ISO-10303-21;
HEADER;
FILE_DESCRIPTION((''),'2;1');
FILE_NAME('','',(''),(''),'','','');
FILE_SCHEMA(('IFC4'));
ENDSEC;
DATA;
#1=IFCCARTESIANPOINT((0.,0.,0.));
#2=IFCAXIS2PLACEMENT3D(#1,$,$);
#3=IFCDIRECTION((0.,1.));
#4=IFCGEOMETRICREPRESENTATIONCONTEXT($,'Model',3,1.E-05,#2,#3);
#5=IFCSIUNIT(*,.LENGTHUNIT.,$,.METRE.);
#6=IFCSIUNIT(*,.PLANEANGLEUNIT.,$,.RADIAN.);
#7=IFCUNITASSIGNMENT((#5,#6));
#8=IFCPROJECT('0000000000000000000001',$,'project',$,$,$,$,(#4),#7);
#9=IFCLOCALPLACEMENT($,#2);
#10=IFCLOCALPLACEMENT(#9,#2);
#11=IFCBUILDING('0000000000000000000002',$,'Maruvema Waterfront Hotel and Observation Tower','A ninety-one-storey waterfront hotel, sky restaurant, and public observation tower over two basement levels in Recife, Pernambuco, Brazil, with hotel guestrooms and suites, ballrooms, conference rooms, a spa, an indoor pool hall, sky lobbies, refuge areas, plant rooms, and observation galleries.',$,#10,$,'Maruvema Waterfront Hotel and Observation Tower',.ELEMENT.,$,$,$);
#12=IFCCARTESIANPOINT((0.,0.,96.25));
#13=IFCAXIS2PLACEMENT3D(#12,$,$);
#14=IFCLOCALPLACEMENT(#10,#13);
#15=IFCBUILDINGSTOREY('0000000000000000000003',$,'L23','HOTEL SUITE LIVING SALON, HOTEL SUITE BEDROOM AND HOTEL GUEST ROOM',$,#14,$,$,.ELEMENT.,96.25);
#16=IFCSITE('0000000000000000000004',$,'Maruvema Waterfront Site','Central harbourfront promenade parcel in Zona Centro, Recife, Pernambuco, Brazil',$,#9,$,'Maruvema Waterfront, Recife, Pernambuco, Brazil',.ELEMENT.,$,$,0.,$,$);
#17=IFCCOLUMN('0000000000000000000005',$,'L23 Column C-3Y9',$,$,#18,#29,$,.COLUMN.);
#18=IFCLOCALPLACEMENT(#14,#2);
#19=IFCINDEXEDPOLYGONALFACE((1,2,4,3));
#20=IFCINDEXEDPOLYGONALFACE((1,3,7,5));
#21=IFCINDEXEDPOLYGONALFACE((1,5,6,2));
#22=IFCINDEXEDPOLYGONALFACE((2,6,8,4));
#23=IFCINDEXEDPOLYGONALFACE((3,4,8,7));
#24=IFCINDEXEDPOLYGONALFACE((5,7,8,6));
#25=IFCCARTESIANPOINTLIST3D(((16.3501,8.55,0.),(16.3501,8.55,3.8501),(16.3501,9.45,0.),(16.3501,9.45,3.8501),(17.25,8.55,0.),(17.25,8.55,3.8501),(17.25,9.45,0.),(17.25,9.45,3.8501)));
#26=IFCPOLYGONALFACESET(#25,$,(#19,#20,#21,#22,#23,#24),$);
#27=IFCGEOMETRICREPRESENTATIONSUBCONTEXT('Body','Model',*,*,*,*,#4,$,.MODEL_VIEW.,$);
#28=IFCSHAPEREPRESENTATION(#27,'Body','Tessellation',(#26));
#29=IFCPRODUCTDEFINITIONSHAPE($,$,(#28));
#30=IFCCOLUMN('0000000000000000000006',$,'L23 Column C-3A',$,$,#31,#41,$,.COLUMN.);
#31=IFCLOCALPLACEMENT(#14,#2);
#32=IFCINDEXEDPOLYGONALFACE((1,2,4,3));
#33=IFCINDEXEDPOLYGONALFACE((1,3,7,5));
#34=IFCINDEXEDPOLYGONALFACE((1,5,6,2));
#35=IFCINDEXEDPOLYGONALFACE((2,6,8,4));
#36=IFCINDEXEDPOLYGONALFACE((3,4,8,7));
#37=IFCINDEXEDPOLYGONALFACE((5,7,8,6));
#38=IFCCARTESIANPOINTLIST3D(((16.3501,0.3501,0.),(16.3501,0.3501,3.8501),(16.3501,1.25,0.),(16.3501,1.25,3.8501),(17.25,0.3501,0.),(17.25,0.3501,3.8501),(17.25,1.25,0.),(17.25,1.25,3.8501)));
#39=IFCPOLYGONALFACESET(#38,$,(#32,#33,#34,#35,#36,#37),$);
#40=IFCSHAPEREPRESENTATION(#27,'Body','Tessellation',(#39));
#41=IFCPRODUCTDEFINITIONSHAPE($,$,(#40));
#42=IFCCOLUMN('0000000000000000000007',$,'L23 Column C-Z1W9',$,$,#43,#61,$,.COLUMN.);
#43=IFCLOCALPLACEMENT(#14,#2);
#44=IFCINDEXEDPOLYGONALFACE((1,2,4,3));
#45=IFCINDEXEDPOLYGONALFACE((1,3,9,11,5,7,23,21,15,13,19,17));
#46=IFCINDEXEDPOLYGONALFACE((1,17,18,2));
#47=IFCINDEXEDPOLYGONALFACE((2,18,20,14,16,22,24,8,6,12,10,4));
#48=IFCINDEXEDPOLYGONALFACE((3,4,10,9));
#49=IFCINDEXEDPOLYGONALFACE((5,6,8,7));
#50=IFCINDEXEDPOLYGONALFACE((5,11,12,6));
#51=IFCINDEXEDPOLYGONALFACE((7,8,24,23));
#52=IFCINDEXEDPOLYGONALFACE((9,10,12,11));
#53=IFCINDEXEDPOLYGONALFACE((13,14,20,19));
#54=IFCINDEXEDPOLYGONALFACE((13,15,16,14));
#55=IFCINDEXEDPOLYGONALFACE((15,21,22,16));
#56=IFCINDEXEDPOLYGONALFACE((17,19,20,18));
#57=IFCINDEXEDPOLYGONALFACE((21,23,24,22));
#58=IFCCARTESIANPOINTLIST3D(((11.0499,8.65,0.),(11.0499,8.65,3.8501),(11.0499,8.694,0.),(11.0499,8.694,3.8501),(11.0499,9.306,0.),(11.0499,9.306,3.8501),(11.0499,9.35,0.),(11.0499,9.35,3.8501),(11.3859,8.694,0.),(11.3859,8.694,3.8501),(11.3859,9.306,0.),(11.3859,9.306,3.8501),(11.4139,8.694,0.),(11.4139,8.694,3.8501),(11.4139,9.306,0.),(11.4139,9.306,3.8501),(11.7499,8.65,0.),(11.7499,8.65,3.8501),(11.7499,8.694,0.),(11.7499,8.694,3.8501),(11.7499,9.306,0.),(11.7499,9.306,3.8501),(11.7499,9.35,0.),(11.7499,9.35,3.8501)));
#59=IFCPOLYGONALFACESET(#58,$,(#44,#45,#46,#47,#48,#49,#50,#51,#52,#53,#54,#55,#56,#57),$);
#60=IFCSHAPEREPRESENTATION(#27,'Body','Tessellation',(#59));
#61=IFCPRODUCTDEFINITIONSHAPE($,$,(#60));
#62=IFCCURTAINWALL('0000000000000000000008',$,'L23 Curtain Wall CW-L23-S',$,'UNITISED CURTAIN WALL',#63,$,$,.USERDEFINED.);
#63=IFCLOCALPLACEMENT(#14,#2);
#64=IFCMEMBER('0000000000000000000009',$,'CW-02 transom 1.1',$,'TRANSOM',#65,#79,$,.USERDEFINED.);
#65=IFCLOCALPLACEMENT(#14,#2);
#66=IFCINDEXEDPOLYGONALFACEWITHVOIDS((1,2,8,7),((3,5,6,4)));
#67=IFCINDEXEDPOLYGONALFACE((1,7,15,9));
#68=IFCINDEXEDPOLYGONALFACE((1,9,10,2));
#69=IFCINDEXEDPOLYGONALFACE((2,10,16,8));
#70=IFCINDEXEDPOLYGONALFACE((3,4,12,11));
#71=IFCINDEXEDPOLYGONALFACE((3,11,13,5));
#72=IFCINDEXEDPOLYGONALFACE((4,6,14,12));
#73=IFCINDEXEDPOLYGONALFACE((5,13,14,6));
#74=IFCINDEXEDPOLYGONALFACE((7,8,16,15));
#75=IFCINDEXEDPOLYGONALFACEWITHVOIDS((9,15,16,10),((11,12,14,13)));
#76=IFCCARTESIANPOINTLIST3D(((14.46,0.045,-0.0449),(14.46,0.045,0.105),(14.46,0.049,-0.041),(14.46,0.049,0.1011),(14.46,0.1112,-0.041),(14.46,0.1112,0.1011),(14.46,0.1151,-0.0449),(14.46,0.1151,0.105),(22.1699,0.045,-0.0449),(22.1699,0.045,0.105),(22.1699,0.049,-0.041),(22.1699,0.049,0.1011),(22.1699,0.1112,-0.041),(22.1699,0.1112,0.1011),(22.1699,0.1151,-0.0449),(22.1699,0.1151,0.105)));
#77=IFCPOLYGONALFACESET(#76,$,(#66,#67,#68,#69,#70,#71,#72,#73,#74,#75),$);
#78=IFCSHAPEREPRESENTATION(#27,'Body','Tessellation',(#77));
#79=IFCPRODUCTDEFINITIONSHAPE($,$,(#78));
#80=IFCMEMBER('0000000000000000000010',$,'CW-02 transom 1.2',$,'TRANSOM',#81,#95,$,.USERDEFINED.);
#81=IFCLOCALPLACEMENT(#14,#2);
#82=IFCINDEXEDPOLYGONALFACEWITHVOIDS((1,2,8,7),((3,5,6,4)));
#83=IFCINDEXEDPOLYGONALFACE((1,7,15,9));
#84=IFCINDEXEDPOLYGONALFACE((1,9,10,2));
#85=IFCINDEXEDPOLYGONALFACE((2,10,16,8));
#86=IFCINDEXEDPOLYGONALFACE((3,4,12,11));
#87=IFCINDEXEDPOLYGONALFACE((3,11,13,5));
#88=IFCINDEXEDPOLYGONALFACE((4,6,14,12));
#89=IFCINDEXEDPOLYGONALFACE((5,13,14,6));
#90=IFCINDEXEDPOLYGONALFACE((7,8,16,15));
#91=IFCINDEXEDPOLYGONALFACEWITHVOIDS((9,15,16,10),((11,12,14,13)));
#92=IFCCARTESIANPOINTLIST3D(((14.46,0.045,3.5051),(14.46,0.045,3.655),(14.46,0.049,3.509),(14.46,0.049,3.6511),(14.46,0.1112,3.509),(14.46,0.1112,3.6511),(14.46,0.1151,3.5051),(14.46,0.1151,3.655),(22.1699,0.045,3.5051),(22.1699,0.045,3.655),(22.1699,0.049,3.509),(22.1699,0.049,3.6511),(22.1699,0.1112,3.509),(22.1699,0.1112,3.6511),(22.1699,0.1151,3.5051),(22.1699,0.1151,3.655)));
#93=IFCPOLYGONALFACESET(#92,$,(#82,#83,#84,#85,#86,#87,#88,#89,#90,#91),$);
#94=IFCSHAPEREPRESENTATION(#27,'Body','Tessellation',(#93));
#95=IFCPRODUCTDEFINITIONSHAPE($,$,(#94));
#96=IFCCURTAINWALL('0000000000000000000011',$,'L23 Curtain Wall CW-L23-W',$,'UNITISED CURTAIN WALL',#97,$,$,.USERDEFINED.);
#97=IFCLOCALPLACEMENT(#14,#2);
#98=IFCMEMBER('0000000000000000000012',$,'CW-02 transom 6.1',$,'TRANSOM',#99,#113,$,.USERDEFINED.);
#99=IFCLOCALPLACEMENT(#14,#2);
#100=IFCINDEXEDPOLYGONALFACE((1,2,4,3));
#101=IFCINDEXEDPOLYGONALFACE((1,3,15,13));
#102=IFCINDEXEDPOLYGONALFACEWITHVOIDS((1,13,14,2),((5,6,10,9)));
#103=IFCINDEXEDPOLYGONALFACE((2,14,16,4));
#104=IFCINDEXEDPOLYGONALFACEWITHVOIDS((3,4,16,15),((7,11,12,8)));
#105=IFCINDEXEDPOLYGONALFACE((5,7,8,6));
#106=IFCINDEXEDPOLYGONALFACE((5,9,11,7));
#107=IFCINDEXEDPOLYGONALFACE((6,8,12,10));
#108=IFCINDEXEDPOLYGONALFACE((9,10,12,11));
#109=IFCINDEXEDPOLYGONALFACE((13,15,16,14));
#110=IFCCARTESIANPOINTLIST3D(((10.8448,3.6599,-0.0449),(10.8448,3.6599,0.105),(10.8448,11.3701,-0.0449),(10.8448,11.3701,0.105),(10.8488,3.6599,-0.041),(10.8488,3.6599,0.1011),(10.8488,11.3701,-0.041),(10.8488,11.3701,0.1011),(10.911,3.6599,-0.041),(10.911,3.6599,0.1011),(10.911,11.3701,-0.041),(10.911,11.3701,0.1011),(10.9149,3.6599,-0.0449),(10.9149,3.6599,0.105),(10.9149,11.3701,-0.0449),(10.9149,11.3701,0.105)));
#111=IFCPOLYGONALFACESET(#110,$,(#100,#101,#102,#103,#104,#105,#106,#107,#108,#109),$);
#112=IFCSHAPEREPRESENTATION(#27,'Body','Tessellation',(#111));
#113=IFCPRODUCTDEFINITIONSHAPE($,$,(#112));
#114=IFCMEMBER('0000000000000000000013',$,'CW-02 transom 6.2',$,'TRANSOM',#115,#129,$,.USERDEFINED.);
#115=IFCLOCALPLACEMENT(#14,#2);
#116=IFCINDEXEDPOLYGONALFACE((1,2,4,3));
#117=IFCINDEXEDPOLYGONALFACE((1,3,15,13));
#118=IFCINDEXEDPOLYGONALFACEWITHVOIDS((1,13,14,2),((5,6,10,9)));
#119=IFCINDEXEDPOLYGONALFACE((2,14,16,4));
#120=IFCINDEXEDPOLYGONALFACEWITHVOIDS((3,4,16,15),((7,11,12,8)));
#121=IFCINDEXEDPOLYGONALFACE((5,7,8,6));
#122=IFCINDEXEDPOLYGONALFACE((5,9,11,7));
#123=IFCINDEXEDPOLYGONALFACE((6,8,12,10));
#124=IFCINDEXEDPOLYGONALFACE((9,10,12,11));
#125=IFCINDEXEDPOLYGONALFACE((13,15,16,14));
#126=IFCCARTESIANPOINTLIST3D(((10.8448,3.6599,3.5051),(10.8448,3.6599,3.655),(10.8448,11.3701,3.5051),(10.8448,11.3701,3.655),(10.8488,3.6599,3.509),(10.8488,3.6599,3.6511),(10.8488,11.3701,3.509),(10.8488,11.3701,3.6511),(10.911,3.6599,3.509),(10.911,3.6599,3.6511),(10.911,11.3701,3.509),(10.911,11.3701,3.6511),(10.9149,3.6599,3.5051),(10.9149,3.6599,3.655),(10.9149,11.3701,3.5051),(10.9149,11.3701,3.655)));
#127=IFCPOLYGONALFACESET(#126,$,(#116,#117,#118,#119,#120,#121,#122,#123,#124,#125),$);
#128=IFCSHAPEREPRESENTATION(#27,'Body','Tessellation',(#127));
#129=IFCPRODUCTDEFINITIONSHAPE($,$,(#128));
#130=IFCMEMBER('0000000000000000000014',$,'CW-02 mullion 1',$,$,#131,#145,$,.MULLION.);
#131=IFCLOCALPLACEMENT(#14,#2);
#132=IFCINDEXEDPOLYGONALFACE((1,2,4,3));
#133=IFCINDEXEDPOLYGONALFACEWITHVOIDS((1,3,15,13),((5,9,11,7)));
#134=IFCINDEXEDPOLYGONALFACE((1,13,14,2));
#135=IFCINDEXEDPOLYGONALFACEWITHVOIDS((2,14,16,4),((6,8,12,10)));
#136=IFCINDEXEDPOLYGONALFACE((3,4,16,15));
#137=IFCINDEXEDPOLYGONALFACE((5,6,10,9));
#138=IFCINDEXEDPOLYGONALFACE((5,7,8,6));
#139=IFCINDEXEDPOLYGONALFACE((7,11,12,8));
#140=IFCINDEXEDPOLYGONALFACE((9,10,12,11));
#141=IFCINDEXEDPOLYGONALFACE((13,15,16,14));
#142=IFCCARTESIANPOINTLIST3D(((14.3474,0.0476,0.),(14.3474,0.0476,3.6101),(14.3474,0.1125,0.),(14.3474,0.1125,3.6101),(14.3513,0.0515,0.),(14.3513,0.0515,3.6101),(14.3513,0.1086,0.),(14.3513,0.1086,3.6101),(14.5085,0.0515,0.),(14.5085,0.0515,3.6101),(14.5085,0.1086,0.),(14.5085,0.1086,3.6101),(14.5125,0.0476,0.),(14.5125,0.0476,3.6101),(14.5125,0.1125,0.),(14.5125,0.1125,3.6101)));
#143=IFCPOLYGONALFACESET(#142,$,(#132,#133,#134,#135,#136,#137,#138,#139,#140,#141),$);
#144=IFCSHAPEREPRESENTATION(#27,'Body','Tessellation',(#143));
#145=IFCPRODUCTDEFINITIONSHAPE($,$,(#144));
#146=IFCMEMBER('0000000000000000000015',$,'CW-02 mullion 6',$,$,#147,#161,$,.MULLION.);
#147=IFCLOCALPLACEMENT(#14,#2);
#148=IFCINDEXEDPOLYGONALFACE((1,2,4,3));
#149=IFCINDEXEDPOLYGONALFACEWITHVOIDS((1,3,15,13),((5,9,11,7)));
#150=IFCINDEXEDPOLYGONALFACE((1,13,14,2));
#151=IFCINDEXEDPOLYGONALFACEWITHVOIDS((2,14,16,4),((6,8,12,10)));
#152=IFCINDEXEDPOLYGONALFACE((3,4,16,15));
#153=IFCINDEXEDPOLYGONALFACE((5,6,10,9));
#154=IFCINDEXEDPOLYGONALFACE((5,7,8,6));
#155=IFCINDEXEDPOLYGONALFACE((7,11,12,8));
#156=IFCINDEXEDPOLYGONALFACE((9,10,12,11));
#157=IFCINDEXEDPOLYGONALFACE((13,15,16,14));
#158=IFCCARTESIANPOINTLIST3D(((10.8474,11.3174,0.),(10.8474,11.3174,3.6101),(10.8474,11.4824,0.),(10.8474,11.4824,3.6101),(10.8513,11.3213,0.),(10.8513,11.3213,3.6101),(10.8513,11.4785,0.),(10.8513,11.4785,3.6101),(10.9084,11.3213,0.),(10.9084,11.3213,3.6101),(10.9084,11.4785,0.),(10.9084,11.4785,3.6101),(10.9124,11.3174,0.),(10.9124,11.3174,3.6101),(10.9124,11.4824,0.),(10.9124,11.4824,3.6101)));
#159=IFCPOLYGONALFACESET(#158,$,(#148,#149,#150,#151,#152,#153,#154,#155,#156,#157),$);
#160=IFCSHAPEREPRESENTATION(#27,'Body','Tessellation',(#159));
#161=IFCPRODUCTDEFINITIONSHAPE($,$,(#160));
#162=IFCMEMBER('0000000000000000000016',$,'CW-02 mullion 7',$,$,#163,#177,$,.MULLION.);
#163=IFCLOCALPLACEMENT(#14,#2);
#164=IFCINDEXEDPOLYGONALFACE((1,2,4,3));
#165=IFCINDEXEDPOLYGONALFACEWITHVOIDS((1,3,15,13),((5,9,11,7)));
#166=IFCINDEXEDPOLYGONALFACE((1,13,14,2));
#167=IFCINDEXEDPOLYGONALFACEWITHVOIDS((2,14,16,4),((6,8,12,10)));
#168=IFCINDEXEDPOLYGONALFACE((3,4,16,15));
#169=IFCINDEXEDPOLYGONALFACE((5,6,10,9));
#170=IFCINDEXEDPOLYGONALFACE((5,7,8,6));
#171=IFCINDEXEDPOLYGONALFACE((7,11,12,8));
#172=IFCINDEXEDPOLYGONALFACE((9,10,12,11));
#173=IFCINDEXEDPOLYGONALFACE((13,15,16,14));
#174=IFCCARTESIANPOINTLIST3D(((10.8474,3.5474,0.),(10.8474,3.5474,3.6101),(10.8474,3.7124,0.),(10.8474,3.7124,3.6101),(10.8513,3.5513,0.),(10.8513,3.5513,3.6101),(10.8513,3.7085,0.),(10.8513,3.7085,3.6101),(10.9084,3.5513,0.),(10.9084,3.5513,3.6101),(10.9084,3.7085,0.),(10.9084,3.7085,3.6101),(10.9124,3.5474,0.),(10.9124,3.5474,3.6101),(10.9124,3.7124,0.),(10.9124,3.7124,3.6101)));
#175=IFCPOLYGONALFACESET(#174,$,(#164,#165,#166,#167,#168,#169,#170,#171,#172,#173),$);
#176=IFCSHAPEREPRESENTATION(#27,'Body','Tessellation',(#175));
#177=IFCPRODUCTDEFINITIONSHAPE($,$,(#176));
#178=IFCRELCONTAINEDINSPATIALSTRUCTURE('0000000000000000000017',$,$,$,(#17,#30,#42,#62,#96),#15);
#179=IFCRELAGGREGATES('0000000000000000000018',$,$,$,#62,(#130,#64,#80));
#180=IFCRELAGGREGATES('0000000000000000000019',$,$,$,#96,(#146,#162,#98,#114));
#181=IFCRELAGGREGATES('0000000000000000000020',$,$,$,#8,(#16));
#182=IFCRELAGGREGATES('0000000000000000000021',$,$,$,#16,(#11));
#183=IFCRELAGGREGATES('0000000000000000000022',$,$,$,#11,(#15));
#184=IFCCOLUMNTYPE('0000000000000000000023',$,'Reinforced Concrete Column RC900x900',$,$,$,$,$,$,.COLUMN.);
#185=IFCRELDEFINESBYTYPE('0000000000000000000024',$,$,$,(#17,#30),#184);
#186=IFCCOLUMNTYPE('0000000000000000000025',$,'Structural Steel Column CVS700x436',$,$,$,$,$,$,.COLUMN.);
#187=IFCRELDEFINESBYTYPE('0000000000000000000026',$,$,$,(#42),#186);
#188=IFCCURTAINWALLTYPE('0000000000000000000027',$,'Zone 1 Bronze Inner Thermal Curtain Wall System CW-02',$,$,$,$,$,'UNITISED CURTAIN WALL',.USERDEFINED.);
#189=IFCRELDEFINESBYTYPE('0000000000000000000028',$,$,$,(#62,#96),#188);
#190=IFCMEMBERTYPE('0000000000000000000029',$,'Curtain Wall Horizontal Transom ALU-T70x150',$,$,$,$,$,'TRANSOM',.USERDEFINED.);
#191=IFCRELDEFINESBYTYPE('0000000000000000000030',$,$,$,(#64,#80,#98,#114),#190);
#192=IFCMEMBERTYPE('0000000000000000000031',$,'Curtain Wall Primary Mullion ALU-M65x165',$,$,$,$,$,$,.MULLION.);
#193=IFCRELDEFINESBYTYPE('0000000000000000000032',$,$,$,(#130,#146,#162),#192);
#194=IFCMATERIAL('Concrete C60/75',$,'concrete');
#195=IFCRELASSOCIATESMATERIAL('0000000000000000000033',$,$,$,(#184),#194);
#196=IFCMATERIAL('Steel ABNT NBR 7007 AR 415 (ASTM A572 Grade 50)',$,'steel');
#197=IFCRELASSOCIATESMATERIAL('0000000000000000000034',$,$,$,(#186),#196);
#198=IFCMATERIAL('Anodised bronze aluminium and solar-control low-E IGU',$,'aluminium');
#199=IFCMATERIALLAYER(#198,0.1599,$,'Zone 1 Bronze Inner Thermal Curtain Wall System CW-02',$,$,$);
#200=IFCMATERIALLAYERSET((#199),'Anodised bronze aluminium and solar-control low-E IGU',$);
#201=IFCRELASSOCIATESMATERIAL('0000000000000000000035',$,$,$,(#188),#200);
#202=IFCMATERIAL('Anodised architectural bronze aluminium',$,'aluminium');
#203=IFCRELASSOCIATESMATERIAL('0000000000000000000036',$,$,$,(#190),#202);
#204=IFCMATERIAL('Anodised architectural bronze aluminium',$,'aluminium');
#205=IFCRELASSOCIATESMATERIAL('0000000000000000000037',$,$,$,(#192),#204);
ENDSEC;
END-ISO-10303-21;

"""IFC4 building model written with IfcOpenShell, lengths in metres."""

from ifc_helpers import new_model, si_unit, direction, frame, origin, origin_2d, place, context, subcontext, project, spatial, rectangle, hollow_rectangle, i_section, extrude, material, layer, layer_set, material_profile, profile_set, type_object, element, aggregate, save


model = new_model("IFC4")

# Units and contexts
model_context = context("Model", 3, precision=1e-05, world=origin(), true_north=direction((0.0, 1.0)))
body_context = subcontext(model_context, "Body", "Model", "MODEL_VIEW")
ifc_project = project(units=[si_unit("LENGTHUNIT", "METRE"), si_unit("PLANEANGLEUNIT", "RADIAN")], contexts=[model_context])

# Site, building, storey
site_placement = place(None, origin())
site = spatial("IfcSite", under=ifc_project, at=site_placement, Name="Maruvema Waterfront Site", Description="Central harbourfront promenade parcel in Zona Centro, Recife, Pernambuco, Brazil", LongName="Maruvema Waterfront, Recife, Pernambuco, Brazil", CompositionType="ELEMENT", RefElevation=0.0)
building_placement = place(site_placement, origin())
building = spatial("IfcBuilding", under=site, at=building_placement, Name="Maruvema Waterfront Hotel and Observation Tower", Description="A ninety-one-storey waterfront hotel, sky restaurant, and public observation tower over two basement levels in Recife, Pernambuco, Brazil, with hotel guestrooms and suites, ballrooms, conference rooms, a spa, an indoor pool hall, sky lobbies, refuge areas, plant rooms, and observation galleries.", LongName="Maruvema Waterfront Hotel and Observation Tower", CompositionType="ELEMENT")
storey_placement = place(building_placement, frame((0.0, 0.0, 96.25)))
storey = spatial("IfcBuildingStorey", under=building, at=storey_placement, Name="L23", Description="HOTEL SUITE LIVING SALON, HOTEL SUITE BEDROOM AND HOTEL GUEST ROOM", CompositionType="ELEMENT", Elevation=96.25)

# Columns
ifc_material_1 = material(Name="Concrete C60/75", Category="concrete")
ifc_material_profile_1 = material_profile(ifc_material_1, rectangle(XDim=0.8999, YDim=0.8999, at=origin_2d()), Name="RC900x900")
ifc_profile_set_1 = profile_set([ifc_material_profile_1], Name="Concrete C60/75")
column_type_1 = type_object("IfcColumnType", Name="Reinforced Concrete Column RC900x900", PredefinedType="COLUMN", material=ifc_profile_set_1)
for number, where, z_axis, x_axis, name in (
    (1, (16.8, 9.0, 0.0), (0.0, 0.0, 1.0), (1.0, 0.0, 0.0), "L23 Column C-3Y9"),
    (2, (16.8, 0.8, 0.0), (0.0, 0.0, 1.0), (1.0, 0.0, 0.0), "L23 Column C-3A"),
):
    element("IfcColumn", number, at=place(storey_placement, frame(where, z_axis=z_axis, x_axis=x_axis)), inside=storey, type_object=column_type_1, Name=name, PredefinedType="COLUMN", context=body_context, shape_type="SweptSolid", body=[
        extrude(rectangle(XDim=0.8999, YDim=0.8999, at=origin_2d()), origin(), (0.0, 0.0, 1.0), 3.8501),
    ])
ifc_material_2 = material(Name="Steel ABNT NBR 7007 AR 415 (ASTM A572 Grade 50)", Category="steel")
ifc_material_profile_2 = material_profile(ifc_material_2, i_section(OverallWidth=0.7, OverallDepth=0.7, WebThickness=0.0281, FlangeThickness=0.0439, at=origin_2d()), Name="CVS700x436")
ifc_profile_set_2 = profile_set([ifc_material_profile_2], Name="Steel ABNT NBR 7007 AR 415 (ASTM A572 Grade 50)")
column_type_2 = type_object("IfcColumnType", Name="Structural Steel Column CVS700x436", PredefinedType="COLUMN", material=ifc_profile_set_2)
column_placement = place(storey_placement, frame((11.3999, 9.0, 0.0), z_axis=(0.0, 0.0, 1.0), x_axis=(1.0, 0.0, 0.0)))
element("IfcColumn", 3, at=column_placement, inside=storey, type_object=column_type_2, Name="L23 Column C-Z1W9", PredefinedType="COLUMN", context=body_context, shape_type="SweptSolid", body=[
    extrude(i_section(OverallWidth=0.7, OverallDepth=0.7, WebThickness=0.0281, FlangeThickness=0.0439, at=origin_2d()), origin(), (0.0, 0.0, 1.0), 3.8501),
])

# Curtain walls, members
ifc_material_3 = material(Name="Anodised bronze aluminium and solar-control low-E IGU", Category="aluminium")
ifc_layer_1 = layer(ifc_material_3, 0.1599, Name="Zone 1 Bronze Inner Thermal Curtain Wall System CW-02")
ifc_layer_set_1 = layer_set([ifc_layer_1], Name="Anodised bronze aluminium and solar-control low-E IGU")
curtain_wall_type = type_object("IfcCurtainWallType", Name="Zone 1 Bronze Inner Thermal Curtain Wall System CW-02", ElementType="UNITISED CURTAIN WALL", PredefinedType="USERDEFINED", material=ifc_layer_set_1)
curtain_wall_1_placement = place(storey_placement, origin())
curtain_wall_1 = element("IfcCurtainWall", 4, at=curtain_wall_1_placement, inside=storey, type_object=curtain_wall_type, Name="L23 Curtain Wall CW-L23-S", ObjectType="UNITISED CURTAIN WALL", PredefinedType="USERDEFINED")
ifc_material_4 = material(Name="Anodised architectural bronze aluminium", Category="aluminium")
ifc_material_profile_3 = material_profile(ifc_material_4, hollow_rectangle(XDim=0.0701, YDim=0.1499, WallThickness=0.0039, at=origin_2d()), Name="ALU-T70x150")
ifc_profile_set_3 = profile_set([ifc_material_profile_3], Name="Anodised architectural bronze aluminium")
member_type_1 = type_object("IfcMemberType", Name="Curtain Wall Horizontal Transom ALU-T70x150", ElementType="TRANSOM", PredefinedType="USERDEFINED", material=ifc_profile_set_3)
member_1_placement = place(storey_placement, frame((14.46, 0.0801, 0.03), z_axis=(1.0, 0.0, 0.0), x_axis=(0.0, 1.0, 0.0)))
member_1 = element("IfcMember", 5, at=member_1_placement, type_object=member_type_1, Name="CW-02 transom 1.1", ObjectType="TRANSOM", PredefinedType="USERDEFINED", context=body_context, shape_type="SweptSolid", body=[
    extrude(hollow_rectangle(XDim=0.0701, YDim=0.1499, WallThickness=0.0039, at=origin_2d()), origin(), (0.0, 0.0, 1.0), 7.71),
])
member_2_placement = place(storey_placement, frame((14.46, 0.0801, 3.5801), z_axis=(1.0, 0.0, 0.0), x_axis=(0.0, 1.0, 0.0)))
member_2 = element("IfcMember", 6, at=member_2_placement, type_object=member_type_1, Name="CW-02 transom 1.2", ObjectType="TRANSOM", PredefinedType="USERDEFINED", context=body_context, shape_type="SweptSolid", body=[
    extrude(hollow_rectangle(XDim=0.0701, YDim=0.1499, WallThickness=0.0039, at=origin_2d()), origin(), (0.0, 0.0, 1.0), 7.71),
])
curtain_wall_2_placement = place(storey_placement, origin())
curtain_wall_2 = element("IfcCurtainWall", 7, at=curtain_wall_2_placement, inside=storey, type_object=curtain_wall_type, Name="L23 Curtain Wall CW-L23-W", ObjectType="UNITISED CURTAIN WALL", PredefinedType="USERDEFINED")
member_3_placement = place(storey_placement, frame((10.8799, 11.3701, 0.03), z_axis=(0.0, -1.0, 0.0), x_axis=(1.0, 0.0, 0.0)))
member_3 = element("IfcMember", 8, at=member_3_placement, type_object=member_type_1, Name="CW-02 transom 6.1", ObjectType="TRANSOM", PredefinedType="USERDEFINED", context=body_context, shape_type="SweptSolid", body=[
    extrude(hollow_rectangle(XDim=0.0701, YDim=0.1499, WallThickness=0.0039, at=origin_2d()), origin(), (0.0, 0.0, 1.0), 7.7102),
])
member_4_placement = place(storey_placement, frame((10.8799, 11.3701, 3.5801), z_axis=(0.0, -1.0, 0.0), x_axis=(1.0, 0.0, 0.0)))
member_4 = element("IfcMember", 9, at=member_4_placement, type_object=member_type_1, Name="CW-02 transom 6.2", ObjectType="TRANSOM", PredefinedType="USERDEFINED", context=body_context, shape_type="SweptSolid", body=[
    extrude(hollow_rectangle(XDim=0.0701, YDim=0.1499, WallThickness=0.0039, at=origin_2d()), origin(), (0.0, 0.0, 1.0), 7.7102),
])

# Members
ifc_material_5 = material(Name="Anodised architectural bronze aluminium", Category="aluminium")
ifc_material_profile_4 = material_profile(ifc_material_5, hollow_rectangle(XDim=0.0649, YDim=0.165, WallThickness=0.0039, at=origin_2d()), Name="ALU-M65x165")
ifc_profile_set_4 = profile_set([ifc_material_profile_4], Name="Anodised architectural bronze aluminium")
member_type_2 = type_object("IfcMemberType", Name="Curtain Wall Primary Mullion ALU-M65x165", PredefinedType="MULLION", material=ifc_profile_set_4)
member_5_placement = place(storey_placement, frame((14.4299, 0.0801, 0.0), z_axis=(0.0, 0.0, 1.0), x_axis=(0.0, 1.0, 0.0)))
member_5 = element("IfcMember", 10, at=member_5_placement, type_object=member_type_2, Name="CW-02 mullion 1", PredefinedType="MULLION", context=body_context, shape_type="SweptSolid", body=[
    extrude(hollow_rectangle(XDim=0.0649, YDim=0.165, WallThickness=0.0039, at=origin_2d()), origin(), (0.0, 0.0, 1.0), 3.6101),
])
member_6_placement = place(storey_placement, frame((10.8799, 11.3999, 0.0), z_axis=(0.0, 0.0, 1.0), x_axis=(1.0, 0.0, 0.0)))
member_6 = element("IfcMember", 11, at=member_6_placement, type_object=member_type_2, Name="CW-02 mullion 6", PredefinedType="MULLION", context=body_context, shape_type="SweptSolid", body=[
    extrude(hollow_rectangle(XDim=0.0649, YDim=0.165, WallThickness=0.0039, at=origin_2d()), origin(), (0.0, 0.0, 1.0), 3.6101),
])
member_7_placement = place(storey_placement, frame((10.8799, 3.6299, 0.0), z_axis=(0.0, 0.0, 1.0), x_axis=(1.0, 0.0, 0.0)))
member_7 = element("IfcMember", 12, at=member_7_placement, type_object=member_type_2, Name="CW-02 mullion 7", PredefinedType="MULLION", context=body_context, shape_type="SweptSolid", body=[
    extrude(hollow_rectangle(XDim=0.0649, YDim=0.165, WallThickness=0.0039, at=origin_2d()), origin(), (0.0, 0.0, 1.0), 3.6101),
])

aggregate(curtain_wall_1, [member_5, member_1, member_2])
aggregate(curtain_wall_2, [member_6, member_7, member_3, member_4])

save(model, "model.ifc")
